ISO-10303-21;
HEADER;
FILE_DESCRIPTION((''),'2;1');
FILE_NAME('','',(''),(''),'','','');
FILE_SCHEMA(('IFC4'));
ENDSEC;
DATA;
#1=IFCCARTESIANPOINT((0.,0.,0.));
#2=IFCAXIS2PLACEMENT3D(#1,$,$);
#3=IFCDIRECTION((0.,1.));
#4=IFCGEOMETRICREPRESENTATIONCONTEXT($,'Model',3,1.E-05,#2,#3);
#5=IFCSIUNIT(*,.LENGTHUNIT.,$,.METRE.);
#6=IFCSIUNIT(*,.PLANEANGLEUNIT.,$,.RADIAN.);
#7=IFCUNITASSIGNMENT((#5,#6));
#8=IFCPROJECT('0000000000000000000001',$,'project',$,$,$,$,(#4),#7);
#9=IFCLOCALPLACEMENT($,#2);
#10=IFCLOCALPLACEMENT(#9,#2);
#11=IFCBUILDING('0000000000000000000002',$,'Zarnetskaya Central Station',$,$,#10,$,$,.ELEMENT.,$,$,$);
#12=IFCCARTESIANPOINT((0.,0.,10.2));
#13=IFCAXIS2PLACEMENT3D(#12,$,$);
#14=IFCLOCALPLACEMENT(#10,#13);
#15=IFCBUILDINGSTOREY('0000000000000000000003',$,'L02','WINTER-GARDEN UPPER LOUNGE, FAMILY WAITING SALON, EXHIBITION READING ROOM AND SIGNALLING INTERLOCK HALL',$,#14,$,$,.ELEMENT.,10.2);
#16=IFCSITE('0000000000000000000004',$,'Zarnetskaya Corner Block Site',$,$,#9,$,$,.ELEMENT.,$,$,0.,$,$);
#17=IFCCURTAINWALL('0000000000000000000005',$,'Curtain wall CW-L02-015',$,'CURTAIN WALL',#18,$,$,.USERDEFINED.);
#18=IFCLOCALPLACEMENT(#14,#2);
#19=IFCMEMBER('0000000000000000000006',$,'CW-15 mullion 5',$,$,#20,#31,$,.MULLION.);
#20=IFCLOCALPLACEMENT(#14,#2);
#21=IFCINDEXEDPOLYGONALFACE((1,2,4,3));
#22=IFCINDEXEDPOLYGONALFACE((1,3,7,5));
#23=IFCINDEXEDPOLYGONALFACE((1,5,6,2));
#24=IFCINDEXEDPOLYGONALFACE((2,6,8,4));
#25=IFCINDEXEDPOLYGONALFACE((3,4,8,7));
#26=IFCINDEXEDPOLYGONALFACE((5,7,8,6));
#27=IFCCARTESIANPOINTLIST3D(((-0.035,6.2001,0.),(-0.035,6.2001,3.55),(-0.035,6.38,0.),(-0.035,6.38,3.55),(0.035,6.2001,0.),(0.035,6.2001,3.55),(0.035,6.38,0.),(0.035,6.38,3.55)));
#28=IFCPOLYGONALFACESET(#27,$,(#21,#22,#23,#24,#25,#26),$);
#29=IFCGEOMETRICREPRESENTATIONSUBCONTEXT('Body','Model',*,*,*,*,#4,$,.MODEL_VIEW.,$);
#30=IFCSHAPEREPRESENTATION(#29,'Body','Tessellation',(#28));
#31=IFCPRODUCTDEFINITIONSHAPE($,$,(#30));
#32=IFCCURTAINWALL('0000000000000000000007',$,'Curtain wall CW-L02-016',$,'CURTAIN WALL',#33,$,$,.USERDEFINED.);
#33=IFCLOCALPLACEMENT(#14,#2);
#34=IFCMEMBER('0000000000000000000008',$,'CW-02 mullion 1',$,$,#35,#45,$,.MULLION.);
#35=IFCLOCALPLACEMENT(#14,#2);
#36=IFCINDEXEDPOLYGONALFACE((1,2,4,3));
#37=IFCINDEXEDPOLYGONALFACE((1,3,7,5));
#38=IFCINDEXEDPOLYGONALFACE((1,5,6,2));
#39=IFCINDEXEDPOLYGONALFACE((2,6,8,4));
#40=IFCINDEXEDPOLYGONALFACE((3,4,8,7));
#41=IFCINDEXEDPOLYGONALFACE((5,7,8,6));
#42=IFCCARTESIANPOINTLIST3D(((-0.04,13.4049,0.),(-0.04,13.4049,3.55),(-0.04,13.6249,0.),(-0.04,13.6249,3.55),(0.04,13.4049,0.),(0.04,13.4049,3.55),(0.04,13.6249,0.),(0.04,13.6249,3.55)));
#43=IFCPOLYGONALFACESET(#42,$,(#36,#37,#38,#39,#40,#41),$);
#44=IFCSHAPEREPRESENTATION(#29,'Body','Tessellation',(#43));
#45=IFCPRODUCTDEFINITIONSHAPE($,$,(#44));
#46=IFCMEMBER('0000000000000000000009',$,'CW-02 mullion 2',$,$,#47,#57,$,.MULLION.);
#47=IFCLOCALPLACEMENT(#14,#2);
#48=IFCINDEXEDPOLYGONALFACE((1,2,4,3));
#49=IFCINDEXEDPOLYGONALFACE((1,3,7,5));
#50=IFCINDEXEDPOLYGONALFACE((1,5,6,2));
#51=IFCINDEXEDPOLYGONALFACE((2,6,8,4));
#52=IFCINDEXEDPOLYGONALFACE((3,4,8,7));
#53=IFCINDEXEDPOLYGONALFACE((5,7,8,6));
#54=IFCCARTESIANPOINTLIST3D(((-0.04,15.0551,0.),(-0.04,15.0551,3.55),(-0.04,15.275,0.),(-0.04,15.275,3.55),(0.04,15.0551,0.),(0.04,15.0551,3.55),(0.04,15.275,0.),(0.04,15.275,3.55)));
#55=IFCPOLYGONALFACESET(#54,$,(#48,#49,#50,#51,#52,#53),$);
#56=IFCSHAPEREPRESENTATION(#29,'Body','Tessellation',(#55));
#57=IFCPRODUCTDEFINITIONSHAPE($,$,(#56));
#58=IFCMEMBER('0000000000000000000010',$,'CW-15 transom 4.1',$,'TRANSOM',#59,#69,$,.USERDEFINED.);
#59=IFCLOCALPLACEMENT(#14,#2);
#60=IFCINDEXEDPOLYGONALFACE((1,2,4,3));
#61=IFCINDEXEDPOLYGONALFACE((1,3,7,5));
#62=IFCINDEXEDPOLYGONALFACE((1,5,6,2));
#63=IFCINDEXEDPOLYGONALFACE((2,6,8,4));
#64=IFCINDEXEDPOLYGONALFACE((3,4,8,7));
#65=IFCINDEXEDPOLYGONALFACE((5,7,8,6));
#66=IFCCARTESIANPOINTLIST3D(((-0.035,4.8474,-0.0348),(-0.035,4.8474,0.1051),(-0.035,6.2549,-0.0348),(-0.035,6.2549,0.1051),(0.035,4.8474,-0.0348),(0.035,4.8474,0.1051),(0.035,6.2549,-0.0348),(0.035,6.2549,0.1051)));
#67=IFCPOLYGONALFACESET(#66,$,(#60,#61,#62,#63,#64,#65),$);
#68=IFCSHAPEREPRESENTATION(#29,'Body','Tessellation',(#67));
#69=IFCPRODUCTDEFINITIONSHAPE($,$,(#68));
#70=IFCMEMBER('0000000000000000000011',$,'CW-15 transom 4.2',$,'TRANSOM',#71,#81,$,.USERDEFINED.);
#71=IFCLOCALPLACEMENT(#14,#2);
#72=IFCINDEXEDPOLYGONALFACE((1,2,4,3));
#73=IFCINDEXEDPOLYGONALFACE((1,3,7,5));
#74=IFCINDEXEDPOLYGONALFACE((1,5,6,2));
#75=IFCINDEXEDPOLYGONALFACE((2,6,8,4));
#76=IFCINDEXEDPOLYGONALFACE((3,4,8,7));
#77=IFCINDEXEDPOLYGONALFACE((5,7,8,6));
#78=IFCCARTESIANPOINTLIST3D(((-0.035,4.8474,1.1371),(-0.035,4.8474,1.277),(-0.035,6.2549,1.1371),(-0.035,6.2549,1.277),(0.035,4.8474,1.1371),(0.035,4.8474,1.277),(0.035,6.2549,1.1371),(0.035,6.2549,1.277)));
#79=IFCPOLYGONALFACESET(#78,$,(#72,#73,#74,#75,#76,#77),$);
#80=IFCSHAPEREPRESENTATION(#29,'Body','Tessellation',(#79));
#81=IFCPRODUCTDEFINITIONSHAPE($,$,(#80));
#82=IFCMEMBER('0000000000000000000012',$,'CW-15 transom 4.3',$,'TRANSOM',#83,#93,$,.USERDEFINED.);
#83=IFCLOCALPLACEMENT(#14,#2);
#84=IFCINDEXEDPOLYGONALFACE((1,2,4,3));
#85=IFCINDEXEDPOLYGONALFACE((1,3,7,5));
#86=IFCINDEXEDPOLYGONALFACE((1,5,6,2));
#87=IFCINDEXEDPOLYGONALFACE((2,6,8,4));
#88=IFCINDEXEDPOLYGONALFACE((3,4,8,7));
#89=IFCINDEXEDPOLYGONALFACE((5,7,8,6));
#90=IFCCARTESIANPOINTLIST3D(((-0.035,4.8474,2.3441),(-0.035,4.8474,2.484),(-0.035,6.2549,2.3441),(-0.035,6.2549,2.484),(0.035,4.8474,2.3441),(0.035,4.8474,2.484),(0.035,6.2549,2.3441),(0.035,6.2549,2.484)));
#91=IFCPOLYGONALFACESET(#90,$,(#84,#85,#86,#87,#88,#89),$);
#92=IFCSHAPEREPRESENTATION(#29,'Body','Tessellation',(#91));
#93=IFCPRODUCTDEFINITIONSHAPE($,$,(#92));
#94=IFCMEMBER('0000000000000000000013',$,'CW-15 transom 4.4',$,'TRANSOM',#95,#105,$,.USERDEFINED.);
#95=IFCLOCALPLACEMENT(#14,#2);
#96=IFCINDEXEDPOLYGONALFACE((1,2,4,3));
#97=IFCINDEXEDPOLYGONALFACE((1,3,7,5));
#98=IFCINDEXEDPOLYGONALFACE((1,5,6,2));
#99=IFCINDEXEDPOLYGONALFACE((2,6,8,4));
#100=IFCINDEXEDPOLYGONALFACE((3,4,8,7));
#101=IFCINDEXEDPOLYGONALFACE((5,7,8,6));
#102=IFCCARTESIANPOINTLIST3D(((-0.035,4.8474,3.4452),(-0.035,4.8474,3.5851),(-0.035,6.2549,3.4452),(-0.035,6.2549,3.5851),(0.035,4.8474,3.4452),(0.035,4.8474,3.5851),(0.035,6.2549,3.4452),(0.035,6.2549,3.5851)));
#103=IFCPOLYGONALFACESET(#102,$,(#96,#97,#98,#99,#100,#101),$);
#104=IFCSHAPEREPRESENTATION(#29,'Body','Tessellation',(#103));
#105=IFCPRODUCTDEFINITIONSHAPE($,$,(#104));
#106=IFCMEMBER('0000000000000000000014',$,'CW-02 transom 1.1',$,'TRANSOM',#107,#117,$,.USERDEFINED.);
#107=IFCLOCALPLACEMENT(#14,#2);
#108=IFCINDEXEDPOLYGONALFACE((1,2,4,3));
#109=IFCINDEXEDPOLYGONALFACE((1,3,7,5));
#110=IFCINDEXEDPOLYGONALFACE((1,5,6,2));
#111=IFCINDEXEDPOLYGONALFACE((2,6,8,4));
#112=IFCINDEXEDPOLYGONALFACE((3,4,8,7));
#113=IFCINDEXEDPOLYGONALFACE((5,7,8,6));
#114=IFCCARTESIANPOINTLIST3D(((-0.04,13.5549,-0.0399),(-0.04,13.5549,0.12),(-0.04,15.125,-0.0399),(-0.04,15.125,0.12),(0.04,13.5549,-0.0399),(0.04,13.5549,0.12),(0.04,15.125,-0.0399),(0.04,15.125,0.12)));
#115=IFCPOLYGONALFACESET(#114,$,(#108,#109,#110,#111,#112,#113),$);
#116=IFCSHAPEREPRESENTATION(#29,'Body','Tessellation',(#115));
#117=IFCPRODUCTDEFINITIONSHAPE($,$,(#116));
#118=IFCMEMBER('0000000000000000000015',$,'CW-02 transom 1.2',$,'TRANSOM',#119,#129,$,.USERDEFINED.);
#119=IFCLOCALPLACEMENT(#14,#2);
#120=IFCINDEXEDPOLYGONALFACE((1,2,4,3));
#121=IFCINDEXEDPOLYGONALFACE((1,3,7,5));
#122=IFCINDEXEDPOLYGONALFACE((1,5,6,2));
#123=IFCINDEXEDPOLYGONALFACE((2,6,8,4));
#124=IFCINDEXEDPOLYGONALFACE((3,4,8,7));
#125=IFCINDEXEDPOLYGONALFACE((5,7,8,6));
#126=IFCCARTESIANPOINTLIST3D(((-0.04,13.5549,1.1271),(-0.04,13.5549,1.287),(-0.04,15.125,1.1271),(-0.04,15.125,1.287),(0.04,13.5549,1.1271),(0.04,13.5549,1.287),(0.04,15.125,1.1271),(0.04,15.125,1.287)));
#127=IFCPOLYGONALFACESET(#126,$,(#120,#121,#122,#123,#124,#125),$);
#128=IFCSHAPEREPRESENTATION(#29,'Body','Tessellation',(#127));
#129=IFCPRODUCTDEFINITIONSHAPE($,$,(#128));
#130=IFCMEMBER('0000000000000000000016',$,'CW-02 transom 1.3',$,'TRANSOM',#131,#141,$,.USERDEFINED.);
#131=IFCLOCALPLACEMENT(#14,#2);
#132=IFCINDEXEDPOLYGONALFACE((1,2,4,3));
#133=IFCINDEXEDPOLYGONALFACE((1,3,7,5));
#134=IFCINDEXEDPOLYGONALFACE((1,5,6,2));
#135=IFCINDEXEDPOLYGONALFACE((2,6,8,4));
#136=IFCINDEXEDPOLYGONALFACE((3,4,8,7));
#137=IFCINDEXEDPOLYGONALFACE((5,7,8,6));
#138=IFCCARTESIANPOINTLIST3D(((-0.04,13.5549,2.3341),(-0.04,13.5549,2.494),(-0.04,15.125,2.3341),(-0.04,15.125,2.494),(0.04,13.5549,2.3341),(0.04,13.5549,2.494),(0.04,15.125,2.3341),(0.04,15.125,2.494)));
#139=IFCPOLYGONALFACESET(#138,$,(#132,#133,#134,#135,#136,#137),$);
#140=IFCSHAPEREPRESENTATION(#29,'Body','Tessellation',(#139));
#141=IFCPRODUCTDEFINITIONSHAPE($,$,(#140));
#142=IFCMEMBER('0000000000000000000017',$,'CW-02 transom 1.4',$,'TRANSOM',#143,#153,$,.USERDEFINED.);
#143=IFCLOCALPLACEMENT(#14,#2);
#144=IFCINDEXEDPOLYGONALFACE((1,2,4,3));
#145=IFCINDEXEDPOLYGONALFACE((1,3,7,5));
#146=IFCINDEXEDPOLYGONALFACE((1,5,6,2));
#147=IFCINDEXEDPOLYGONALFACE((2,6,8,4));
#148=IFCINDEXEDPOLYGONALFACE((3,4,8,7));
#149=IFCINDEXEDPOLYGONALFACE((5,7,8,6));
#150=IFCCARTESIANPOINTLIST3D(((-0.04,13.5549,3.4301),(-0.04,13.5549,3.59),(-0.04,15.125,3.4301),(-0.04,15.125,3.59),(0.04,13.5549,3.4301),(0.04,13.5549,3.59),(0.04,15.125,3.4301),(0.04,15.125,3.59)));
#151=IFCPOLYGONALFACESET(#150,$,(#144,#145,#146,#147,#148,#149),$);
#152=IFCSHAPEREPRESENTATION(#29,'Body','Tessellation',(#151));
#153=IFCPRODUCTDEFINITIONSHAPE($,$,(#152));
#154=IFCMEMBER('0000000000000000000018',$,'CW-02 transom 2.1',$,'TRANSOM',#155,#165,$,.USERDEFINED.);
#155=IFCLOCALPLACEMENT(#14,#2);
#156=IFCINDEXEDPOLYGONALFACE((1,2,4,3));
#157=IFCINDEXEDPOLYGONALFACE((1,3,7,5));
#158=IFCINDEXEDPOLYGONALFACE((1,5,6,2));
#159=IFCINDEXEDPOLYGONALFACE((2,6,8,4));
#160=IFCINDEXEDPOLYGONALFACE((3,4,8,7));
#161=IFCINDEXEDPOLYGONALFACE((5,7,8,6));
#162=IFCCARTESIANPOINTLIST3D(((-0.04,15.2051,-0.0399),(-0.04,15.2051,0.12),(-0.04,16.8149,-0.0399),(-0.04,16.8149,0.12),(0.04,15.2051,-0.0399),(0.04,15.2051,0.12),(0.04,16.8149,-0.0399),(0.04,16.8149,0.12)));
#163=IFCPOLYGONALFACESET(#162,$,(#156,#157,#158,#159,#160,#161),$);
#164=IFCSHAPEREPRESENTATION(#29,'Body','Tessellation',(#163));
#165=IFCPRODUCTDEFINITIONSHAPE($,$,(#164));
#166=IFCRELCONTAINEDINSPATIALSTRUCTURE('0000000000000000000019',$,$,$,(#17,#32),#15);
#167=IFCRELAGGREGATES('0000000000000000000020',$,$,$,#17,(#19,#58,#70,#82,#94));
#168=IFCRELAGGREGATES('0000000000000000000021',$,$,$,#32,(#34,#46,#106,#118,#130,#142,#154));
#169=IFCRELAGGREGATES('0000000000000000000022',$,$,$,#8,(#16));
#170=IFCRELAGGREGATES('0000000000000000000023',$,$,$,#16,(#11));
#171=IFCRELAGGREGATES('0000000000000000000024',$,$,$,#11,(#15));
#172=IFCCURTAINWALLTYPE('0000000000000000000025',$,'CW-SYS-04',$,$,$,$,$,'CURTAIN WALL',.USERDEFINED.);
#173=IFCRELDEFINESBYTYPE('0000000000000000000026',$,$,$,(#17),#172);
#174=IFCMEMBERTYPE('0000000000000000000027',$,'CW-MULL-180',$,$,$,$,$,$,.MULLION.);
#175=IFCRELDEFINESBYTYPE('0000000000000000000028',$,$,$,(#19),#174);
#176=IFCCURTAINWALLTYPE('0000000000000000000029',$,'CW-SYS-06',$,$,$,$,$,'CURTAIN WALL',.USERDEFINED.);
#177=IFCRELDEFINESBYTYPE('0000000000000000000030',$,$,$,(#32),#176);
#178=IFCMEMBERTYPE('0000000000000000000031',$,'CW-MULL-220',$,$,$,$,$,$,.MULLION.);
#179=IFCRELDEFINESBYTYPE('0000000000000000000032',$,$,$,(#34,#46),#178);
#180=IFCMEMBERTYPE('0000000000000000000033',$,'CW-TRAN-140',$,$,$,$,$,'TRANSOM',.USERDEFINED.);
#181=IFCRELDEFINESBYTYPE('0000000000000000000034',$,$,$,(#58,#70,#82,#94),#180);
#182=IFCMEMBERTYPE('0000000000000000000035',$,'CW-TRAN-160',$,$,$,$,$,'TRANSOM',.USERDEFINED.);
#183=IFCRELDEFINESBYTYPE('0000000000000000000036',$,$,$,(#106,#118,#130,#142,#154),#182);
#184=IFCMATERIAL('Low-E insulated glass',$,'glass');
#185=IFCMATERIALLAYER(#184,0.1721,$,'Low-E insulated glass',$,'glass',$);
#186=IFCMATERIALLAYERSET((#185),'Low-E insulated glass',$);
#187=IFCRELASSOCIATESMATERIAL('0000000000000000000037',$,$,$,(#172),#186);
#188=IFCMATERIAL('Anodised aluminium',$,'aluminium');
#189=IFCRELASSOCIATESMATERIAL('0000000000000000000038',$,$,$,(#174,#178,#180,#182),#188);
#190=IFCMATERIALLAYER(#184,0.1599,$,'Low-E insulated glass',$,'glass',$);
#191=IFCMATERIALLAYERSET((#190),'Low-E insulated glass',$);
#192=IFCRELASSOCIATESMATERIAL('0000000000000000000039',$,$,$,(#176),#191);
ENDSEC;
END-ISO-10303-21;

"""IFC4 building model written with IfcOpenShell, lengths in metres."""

from ifc_helpers import new_model, si_unit, direction, frame, origin, origin_2d, place, context, subcontext, project, spatial, rectangle, extrude, material, layer, layer_set, material_profile, profile_set, type_object, element, aggregate, save


model = new_model("IFC4")

# Units and contexts
model_context = context("Model", 3, precision=1e-05, world=origin(), true_north=direction((0.0, 1.0)))
body_context = subcontext(model_context, "Body", "Model", "MODEL_VIEW")
ifc_project = project(units=[si_unit("LENGTHUNIT", "METRE"), si_unit("PLANEANGLEUNIT", "RADIAN")], contexts=[model_context])

# Site, building, storey
site_placement = place(None, origin())
site = spatial("IfcSite", under=ifc_project, at=site_placement, Name="Zarnetskaya Corner Block Site", CompositionType="ELEMENT", RefElevation=0.0)
building_placement = place(site_placement, origin())
building = spatial("IfcBuilding", under=site, at=building_placement, Name="Zarnetskaya Central Station", CompositionType="ELEMENT")
storey_placement = place(building_placement, frame((0.0, 0.0, 10.2)))
storey = spatial("IfcBuildingStorey", under=building, at=storey_placement, Name="L02", Description="WINTER-GARDEN UPPER LOUNGE, FAMILY WAITING SALON, EXHIBITION READING ROOM AND SIGNALLING INTERLOCK HALL", CompositionType="ELEMENT", Elevation=10.2)

# Curtain wall, member
ifc_material_1 = material(Name="Low-E insulated glass", Category="glass")
ifc_layer_1 = layer(ifc_material_1, 0.1721, Name="Low-E insulated glass", Category="glass")
ifc_layer_set_1 = layer_set([ifc_layer_1], Name="Low-E insulated glass")
curtain_wall_type_1 = type_object("IfcCurtainWallType", Name="CW-SYS-04", ElementType="CURTAIN WALL", PredefinedType="USERDEFINED", material=ifc_layer_set_1)
curtain_wall_1_placement = place(storey_placement, origin())
curtain_wall_1 = element("IfcCurtainWall", 1, at=curtain_wall_1_placement, inside=storey, type_object=curtain_wall_type_1, Name="Curtain wall CW-L02-015", ObjectType="CURTAIN WALL", PredefinedType="USERDEFINED")
ifc_material_2 = material(Name="Anodised aluminium", Category="aluminium")
ifc_material_profile_1 = material_profile(ifc_material_2, rectangle(XDim=0.0701, YDim=0.1799, at=origin_2d()), Name="ALU MULL 70x180")
ifc_profile_set_1 = profile_set([ifc_material_profile_1], Name="Anodised aluminium")
member_type_1 = type_object("IfcMemberType", Name="CW-MULL-180", PredefinedType="MULLION", material=ifc_profile_set_1)
member_1_placement = place(storey_placement, frame((0.0, 6.29, 0.0), z_axis=(0.0, 0.0, 1.0), x_axis=(-1.0, 0.0, 0.0)))
member_1 = element("IfcMember", 2, at=member_1_placement, type_object=member_type_1, Name="CW-15 mullion 5", PredefinedType="MULLION", context=body_context, shape_type="SweptSolid", body=[
    extrude(rectangle(XDim=0.0701, YDim=0.1799, at=origin_2d()), origin(), (0.0, 0.0, 1.0), 3.55),
])

# Curtain wall, members
ifc_layer_2 = layer(ifc_material_1, 0.1599, Name="Low-E insulated glass", Category="glass")
ifc_layer_set_2 = layer_set([ifc_layer_2], Name="Low-E insulated glass")
curtain_wall_type_2 = type_object("IfcCurtainWallType", Name="CW-SYS-06", ElementType="CURTAIN WALL", PredefinedType="USERDEFINED", material=ifc_layer_set_2)
curtain_wall_2_placement = place(storey_placement, origin())
curtain_wall_2 = element("IfcCurtainWall", 3, at=curtain_wall_2_placement, inside=storey, type_object=curtain_wall_type_2, Name="Curtain wall CW-L02-016", ObjectType="CURTAIN WALL", PredefinedType="USERDEFINED")
ifc_material_profile_2 = material_profile(ifc_material_2, rectangle(XDim=0.0801, YDim=0.22, at=origin_2d()), Name="ALU MULL 80x220")
ifc_profile_set_2 = profile_set([ifc_material_profile_2], Name="Anodised aluminium")
member_type_2 = type_object("IfcMemberType", Name="CW-MULL-220", PredefinedType="MULLION", material=ifc_profile_set_2)
member_2_placement = place(storey_placement, frame((0.0, 13.5149, 0.0), z_axis=(0.0, 0.0, 1.0), x_axis=(-1.0, 0.0, 0.0)))
member_2 = element("IfcMember", 4, at=member_2_placement, type_object=member_type_2, Name="CW-02 mullion 1", PredefinedType="MULLION", context=body_context, shape_type="SweptSolid", body=[
    extrude(rectangle(XDim=0.0801, YDim=0.22, at=origin_2d()), origin(), (0.0, 0.0, 1.0), 3.55),
])
member_3_placement = place(storey_placement, frame((0.0, 15.165, 0.0), z_axis=(0.0, 0.0, 1.0), x_axis=(-1.0, 0.0, 0.0)))
member_3 = element("IfcMember", 5, at=member_3_placement, type_object=member_type_2, Name="CW-02 mullion 2", PredefinedType="MULLION", context=body_context, shape_type="SweptSolid", body=[
    extrude(rectangle(XDim=0.0801, YDim=0.22, at=origin_2d()), origin(), (0.0, 0.0, 1.0), 3.55),
])

# Members
ifc_material_profile_3 = material_profile(ifc_material_2, rectangle(XDim=0.0701, YDim=0.1399, at=origin_2d()), Name="ALU TRAN 70x140")
ifc_profile_set_3 = profile_set([ifc_material_profile_3], Name="Anodised aluminium")
member_type_3 = type_object("IfcMemberType", Name="CW-TRAN-140", ElementType="TRANSOM", PredefinedType="USERDEFINED", material=ifc_profile_set_3)
member_4_placement = place(storey_placement, frame((0.0, 4.8474, 0.0352), z_axis=(0.0, 1.0, 0.0), x_axis=(-1.0, 0.0, 0.0)))
member_4 = element("IfcMember", 6, at=member_4_placement, type_object=member_type_3, Name="CW-15 transom 4.1", ObjectType="TRANSOM", PredefinedType="USERDEFINED", context=body_context, shape_type="SweptSolid", body=[
    extrude(rectangle(XDim=0.0701, YDim=0.1399, at=origin_2d()), origin(), (0.0, 0.0, 1.0), 1.4075),
])
member_5_placement = place(storey_placement, frame((0.0, 4.8474, 1.207), z_axis=(0.0, 1.0, 0.0), x_axis=(-1.0, 0.0, 0.0)))
member_5 = element("IfcMember", 7, at=member_5_placement, type_object=member_type_3, Name="CW-15 transom 4.2", ObjectType="TRANSOM", PredefinedType="USERDEFINED", context=body_context, shape_type="SweptSolid", body=[
    extrude(rectangle(XDim=0.0701, YDim=0.1399, at=origin_2d()), origin(), (0.0, 0.0, 1.0), 1.4075),
])
member_6_placement = place(storey_placement, frame((0.0, 4.8474, 2.4141), z_axis=(0.0, 1.0, 0.0), x_axis=(-1.0, 0.0, 0.0)))
member_6 = element("IfcMember", 8, at=member_6_placement, type_object=member_type_3, Name="CW-15 transom 4.3", ObjectType="TRANSOM", PredefinedType="USERDEFINED", context=body_context, shape_type="SweptSolid", body=[
    extrude(rectangle(XDim=0.0701, YDim=0.1399, at=origin_2d()), origin(), (0.0, 0.0, 1.0), 1.4075),
])
member_7_placement = place(storey_placement, frame((0.0, 4.8474, 3.5151), z_axis=(0.0, 1.0, 0.0), x_axis=(-1.0, 0.0, 0.0)))
member_7 = element("IfcMember", 9, at=member_7_placement, type_object=member_type_3, Name="CW-15 transom 4.4", ObjectType="TRANSOM", PredefinedType="USERDEFINED", context=body_context, shape_type="SweptSolid", body=[
    extrude(rectangle(XDim=0.0701, YDim=0.1399, at=origin_2d()), origin(), (0.0, 0.0, 1.0), 1.4075),
])
ifc_material_profile_4 = material_profile(ifc_material_2, rectangle(XDim=0.0801, YDim=0.1599, at=origin_2d()), Name="ALU TRAN 80x160")
ifc_profile_set_4 = profile_set([ifc_material_profile_4], Name="Anodised aluminium")
member_type_4 = type_object("IfcMemberType", Name="CW-TRAN-160", ElementType="TRANSOM", PredefinedType="USERDEFINED", material=ifc_profile_set_4)
member_8_placement = place(storey_placement, frame((0.0, 13.5549, 0.04), z_axis=(0.0, 1.0, 0.0), x_axis=(-1.0, 0.0, 0.0)))
member_8 = element("IfcMember", 10, at=member_8_placement, type_object=member_type_4, Name="CW-02 transom 1.1", ObjectType="TRANSOM", PredefinedType="USERDEFINED", context=body_context, shape_type="SweptSolid", body=[
    extrude(rectangle(XDim=0.0801, YDim=0.1599, at=origin_2d()), origin(), (0.0, 0.0, 1.0), 1.5701),
])
member_9_placement = place(storey_placement, frame((0.0, 13.5549, 1.207), z_axis=(0.0, 1.0, 0.0), x_axis=(-1.0, 0.0, 0.0)))
member_9 = element("IfcMember", 11, at=member_9_placement, type_object=member_type_4, Name="CW-02 transom 1.2", ObjectType="TRANSOM", PredefinedType="USERDEFINED", context=body_context, shape_type="SweptSolid", body=[
    extrude(rectangle(XDim=0.0801, YDim=0.1599, at=origin_2d()), origin(), (0.0, 0.0, 1.0), 1.5701),
])
member_10_placement = place(storey_placement, frame((0.0, 13.5549, 2.4141), z_axis=(0.0, 1.0, 0.0), x_axis=(-1.0, 0.0, 0.0)))
member_10 = element("IfcMember", 12, at=member_10_placement, type_object=member_type_4, Name="CW-02 transom 1.3", ObjectType="TRANSOM", PredefinedType="USERDEFINED", context=body_context, shape_type="SweptSolid", body=[
    extrude(rectangle(XDim=0.0801, YDim=0.1599, at=origin_2d()), origin(), (0.0, 0.0, 1.0), 1.5701),
])
member_11_placement = place(storey_placement, frame((0.0, 13.5549, 3.51), z_axis=(0.0, 1.0, 0.0), x_axis=(-1.0, 0.0, 0.0)))
member_11 = element("IfcMember", 13, at=member_11_placement, type_object=member_type_4, Name="CW-02 transom 1.4", ObjectType="TRANSOM", PredefinedType="USERDEFINED", context=body_context, shape_type="SweptSolid", body=[
    extrude(rectangle(XDim=0.0801, YDim=0.1599, at=origin_2d()), origin(), (0.0, 0.0, 1.0), 1.5701),
])
member_12_placement = place(storey_placement, frame((0.0, 15.2051, 0.04), z_axis=(0.0, 1.0, 0.0), x_axis=(-1.0, 0.0, 0.0)))
member_12 = element("IfcMember", 14, at=member_12_placement, type_object=member_type_4, Name="CW-02 transom 2.1", ObjectType="TRANSOM", PredefinedType="USERDEFINED", context=body_context, shape_type="SweptSolid", body=[
    extrude(rectangle(XDim=0.0801, YDim=0.1599, at=origin_2d()), origin(), (0.0, 0.0, 1.0), 1.6099),
])

aggregate(curtain_wall_1, [member_1, member_4, member_5, member_6, member_7])
aggregate(curtain_wall_2, [member_2, member_3, member_8, member_9, member_10, member_11, member_12])

save(model, "model.ifc")
